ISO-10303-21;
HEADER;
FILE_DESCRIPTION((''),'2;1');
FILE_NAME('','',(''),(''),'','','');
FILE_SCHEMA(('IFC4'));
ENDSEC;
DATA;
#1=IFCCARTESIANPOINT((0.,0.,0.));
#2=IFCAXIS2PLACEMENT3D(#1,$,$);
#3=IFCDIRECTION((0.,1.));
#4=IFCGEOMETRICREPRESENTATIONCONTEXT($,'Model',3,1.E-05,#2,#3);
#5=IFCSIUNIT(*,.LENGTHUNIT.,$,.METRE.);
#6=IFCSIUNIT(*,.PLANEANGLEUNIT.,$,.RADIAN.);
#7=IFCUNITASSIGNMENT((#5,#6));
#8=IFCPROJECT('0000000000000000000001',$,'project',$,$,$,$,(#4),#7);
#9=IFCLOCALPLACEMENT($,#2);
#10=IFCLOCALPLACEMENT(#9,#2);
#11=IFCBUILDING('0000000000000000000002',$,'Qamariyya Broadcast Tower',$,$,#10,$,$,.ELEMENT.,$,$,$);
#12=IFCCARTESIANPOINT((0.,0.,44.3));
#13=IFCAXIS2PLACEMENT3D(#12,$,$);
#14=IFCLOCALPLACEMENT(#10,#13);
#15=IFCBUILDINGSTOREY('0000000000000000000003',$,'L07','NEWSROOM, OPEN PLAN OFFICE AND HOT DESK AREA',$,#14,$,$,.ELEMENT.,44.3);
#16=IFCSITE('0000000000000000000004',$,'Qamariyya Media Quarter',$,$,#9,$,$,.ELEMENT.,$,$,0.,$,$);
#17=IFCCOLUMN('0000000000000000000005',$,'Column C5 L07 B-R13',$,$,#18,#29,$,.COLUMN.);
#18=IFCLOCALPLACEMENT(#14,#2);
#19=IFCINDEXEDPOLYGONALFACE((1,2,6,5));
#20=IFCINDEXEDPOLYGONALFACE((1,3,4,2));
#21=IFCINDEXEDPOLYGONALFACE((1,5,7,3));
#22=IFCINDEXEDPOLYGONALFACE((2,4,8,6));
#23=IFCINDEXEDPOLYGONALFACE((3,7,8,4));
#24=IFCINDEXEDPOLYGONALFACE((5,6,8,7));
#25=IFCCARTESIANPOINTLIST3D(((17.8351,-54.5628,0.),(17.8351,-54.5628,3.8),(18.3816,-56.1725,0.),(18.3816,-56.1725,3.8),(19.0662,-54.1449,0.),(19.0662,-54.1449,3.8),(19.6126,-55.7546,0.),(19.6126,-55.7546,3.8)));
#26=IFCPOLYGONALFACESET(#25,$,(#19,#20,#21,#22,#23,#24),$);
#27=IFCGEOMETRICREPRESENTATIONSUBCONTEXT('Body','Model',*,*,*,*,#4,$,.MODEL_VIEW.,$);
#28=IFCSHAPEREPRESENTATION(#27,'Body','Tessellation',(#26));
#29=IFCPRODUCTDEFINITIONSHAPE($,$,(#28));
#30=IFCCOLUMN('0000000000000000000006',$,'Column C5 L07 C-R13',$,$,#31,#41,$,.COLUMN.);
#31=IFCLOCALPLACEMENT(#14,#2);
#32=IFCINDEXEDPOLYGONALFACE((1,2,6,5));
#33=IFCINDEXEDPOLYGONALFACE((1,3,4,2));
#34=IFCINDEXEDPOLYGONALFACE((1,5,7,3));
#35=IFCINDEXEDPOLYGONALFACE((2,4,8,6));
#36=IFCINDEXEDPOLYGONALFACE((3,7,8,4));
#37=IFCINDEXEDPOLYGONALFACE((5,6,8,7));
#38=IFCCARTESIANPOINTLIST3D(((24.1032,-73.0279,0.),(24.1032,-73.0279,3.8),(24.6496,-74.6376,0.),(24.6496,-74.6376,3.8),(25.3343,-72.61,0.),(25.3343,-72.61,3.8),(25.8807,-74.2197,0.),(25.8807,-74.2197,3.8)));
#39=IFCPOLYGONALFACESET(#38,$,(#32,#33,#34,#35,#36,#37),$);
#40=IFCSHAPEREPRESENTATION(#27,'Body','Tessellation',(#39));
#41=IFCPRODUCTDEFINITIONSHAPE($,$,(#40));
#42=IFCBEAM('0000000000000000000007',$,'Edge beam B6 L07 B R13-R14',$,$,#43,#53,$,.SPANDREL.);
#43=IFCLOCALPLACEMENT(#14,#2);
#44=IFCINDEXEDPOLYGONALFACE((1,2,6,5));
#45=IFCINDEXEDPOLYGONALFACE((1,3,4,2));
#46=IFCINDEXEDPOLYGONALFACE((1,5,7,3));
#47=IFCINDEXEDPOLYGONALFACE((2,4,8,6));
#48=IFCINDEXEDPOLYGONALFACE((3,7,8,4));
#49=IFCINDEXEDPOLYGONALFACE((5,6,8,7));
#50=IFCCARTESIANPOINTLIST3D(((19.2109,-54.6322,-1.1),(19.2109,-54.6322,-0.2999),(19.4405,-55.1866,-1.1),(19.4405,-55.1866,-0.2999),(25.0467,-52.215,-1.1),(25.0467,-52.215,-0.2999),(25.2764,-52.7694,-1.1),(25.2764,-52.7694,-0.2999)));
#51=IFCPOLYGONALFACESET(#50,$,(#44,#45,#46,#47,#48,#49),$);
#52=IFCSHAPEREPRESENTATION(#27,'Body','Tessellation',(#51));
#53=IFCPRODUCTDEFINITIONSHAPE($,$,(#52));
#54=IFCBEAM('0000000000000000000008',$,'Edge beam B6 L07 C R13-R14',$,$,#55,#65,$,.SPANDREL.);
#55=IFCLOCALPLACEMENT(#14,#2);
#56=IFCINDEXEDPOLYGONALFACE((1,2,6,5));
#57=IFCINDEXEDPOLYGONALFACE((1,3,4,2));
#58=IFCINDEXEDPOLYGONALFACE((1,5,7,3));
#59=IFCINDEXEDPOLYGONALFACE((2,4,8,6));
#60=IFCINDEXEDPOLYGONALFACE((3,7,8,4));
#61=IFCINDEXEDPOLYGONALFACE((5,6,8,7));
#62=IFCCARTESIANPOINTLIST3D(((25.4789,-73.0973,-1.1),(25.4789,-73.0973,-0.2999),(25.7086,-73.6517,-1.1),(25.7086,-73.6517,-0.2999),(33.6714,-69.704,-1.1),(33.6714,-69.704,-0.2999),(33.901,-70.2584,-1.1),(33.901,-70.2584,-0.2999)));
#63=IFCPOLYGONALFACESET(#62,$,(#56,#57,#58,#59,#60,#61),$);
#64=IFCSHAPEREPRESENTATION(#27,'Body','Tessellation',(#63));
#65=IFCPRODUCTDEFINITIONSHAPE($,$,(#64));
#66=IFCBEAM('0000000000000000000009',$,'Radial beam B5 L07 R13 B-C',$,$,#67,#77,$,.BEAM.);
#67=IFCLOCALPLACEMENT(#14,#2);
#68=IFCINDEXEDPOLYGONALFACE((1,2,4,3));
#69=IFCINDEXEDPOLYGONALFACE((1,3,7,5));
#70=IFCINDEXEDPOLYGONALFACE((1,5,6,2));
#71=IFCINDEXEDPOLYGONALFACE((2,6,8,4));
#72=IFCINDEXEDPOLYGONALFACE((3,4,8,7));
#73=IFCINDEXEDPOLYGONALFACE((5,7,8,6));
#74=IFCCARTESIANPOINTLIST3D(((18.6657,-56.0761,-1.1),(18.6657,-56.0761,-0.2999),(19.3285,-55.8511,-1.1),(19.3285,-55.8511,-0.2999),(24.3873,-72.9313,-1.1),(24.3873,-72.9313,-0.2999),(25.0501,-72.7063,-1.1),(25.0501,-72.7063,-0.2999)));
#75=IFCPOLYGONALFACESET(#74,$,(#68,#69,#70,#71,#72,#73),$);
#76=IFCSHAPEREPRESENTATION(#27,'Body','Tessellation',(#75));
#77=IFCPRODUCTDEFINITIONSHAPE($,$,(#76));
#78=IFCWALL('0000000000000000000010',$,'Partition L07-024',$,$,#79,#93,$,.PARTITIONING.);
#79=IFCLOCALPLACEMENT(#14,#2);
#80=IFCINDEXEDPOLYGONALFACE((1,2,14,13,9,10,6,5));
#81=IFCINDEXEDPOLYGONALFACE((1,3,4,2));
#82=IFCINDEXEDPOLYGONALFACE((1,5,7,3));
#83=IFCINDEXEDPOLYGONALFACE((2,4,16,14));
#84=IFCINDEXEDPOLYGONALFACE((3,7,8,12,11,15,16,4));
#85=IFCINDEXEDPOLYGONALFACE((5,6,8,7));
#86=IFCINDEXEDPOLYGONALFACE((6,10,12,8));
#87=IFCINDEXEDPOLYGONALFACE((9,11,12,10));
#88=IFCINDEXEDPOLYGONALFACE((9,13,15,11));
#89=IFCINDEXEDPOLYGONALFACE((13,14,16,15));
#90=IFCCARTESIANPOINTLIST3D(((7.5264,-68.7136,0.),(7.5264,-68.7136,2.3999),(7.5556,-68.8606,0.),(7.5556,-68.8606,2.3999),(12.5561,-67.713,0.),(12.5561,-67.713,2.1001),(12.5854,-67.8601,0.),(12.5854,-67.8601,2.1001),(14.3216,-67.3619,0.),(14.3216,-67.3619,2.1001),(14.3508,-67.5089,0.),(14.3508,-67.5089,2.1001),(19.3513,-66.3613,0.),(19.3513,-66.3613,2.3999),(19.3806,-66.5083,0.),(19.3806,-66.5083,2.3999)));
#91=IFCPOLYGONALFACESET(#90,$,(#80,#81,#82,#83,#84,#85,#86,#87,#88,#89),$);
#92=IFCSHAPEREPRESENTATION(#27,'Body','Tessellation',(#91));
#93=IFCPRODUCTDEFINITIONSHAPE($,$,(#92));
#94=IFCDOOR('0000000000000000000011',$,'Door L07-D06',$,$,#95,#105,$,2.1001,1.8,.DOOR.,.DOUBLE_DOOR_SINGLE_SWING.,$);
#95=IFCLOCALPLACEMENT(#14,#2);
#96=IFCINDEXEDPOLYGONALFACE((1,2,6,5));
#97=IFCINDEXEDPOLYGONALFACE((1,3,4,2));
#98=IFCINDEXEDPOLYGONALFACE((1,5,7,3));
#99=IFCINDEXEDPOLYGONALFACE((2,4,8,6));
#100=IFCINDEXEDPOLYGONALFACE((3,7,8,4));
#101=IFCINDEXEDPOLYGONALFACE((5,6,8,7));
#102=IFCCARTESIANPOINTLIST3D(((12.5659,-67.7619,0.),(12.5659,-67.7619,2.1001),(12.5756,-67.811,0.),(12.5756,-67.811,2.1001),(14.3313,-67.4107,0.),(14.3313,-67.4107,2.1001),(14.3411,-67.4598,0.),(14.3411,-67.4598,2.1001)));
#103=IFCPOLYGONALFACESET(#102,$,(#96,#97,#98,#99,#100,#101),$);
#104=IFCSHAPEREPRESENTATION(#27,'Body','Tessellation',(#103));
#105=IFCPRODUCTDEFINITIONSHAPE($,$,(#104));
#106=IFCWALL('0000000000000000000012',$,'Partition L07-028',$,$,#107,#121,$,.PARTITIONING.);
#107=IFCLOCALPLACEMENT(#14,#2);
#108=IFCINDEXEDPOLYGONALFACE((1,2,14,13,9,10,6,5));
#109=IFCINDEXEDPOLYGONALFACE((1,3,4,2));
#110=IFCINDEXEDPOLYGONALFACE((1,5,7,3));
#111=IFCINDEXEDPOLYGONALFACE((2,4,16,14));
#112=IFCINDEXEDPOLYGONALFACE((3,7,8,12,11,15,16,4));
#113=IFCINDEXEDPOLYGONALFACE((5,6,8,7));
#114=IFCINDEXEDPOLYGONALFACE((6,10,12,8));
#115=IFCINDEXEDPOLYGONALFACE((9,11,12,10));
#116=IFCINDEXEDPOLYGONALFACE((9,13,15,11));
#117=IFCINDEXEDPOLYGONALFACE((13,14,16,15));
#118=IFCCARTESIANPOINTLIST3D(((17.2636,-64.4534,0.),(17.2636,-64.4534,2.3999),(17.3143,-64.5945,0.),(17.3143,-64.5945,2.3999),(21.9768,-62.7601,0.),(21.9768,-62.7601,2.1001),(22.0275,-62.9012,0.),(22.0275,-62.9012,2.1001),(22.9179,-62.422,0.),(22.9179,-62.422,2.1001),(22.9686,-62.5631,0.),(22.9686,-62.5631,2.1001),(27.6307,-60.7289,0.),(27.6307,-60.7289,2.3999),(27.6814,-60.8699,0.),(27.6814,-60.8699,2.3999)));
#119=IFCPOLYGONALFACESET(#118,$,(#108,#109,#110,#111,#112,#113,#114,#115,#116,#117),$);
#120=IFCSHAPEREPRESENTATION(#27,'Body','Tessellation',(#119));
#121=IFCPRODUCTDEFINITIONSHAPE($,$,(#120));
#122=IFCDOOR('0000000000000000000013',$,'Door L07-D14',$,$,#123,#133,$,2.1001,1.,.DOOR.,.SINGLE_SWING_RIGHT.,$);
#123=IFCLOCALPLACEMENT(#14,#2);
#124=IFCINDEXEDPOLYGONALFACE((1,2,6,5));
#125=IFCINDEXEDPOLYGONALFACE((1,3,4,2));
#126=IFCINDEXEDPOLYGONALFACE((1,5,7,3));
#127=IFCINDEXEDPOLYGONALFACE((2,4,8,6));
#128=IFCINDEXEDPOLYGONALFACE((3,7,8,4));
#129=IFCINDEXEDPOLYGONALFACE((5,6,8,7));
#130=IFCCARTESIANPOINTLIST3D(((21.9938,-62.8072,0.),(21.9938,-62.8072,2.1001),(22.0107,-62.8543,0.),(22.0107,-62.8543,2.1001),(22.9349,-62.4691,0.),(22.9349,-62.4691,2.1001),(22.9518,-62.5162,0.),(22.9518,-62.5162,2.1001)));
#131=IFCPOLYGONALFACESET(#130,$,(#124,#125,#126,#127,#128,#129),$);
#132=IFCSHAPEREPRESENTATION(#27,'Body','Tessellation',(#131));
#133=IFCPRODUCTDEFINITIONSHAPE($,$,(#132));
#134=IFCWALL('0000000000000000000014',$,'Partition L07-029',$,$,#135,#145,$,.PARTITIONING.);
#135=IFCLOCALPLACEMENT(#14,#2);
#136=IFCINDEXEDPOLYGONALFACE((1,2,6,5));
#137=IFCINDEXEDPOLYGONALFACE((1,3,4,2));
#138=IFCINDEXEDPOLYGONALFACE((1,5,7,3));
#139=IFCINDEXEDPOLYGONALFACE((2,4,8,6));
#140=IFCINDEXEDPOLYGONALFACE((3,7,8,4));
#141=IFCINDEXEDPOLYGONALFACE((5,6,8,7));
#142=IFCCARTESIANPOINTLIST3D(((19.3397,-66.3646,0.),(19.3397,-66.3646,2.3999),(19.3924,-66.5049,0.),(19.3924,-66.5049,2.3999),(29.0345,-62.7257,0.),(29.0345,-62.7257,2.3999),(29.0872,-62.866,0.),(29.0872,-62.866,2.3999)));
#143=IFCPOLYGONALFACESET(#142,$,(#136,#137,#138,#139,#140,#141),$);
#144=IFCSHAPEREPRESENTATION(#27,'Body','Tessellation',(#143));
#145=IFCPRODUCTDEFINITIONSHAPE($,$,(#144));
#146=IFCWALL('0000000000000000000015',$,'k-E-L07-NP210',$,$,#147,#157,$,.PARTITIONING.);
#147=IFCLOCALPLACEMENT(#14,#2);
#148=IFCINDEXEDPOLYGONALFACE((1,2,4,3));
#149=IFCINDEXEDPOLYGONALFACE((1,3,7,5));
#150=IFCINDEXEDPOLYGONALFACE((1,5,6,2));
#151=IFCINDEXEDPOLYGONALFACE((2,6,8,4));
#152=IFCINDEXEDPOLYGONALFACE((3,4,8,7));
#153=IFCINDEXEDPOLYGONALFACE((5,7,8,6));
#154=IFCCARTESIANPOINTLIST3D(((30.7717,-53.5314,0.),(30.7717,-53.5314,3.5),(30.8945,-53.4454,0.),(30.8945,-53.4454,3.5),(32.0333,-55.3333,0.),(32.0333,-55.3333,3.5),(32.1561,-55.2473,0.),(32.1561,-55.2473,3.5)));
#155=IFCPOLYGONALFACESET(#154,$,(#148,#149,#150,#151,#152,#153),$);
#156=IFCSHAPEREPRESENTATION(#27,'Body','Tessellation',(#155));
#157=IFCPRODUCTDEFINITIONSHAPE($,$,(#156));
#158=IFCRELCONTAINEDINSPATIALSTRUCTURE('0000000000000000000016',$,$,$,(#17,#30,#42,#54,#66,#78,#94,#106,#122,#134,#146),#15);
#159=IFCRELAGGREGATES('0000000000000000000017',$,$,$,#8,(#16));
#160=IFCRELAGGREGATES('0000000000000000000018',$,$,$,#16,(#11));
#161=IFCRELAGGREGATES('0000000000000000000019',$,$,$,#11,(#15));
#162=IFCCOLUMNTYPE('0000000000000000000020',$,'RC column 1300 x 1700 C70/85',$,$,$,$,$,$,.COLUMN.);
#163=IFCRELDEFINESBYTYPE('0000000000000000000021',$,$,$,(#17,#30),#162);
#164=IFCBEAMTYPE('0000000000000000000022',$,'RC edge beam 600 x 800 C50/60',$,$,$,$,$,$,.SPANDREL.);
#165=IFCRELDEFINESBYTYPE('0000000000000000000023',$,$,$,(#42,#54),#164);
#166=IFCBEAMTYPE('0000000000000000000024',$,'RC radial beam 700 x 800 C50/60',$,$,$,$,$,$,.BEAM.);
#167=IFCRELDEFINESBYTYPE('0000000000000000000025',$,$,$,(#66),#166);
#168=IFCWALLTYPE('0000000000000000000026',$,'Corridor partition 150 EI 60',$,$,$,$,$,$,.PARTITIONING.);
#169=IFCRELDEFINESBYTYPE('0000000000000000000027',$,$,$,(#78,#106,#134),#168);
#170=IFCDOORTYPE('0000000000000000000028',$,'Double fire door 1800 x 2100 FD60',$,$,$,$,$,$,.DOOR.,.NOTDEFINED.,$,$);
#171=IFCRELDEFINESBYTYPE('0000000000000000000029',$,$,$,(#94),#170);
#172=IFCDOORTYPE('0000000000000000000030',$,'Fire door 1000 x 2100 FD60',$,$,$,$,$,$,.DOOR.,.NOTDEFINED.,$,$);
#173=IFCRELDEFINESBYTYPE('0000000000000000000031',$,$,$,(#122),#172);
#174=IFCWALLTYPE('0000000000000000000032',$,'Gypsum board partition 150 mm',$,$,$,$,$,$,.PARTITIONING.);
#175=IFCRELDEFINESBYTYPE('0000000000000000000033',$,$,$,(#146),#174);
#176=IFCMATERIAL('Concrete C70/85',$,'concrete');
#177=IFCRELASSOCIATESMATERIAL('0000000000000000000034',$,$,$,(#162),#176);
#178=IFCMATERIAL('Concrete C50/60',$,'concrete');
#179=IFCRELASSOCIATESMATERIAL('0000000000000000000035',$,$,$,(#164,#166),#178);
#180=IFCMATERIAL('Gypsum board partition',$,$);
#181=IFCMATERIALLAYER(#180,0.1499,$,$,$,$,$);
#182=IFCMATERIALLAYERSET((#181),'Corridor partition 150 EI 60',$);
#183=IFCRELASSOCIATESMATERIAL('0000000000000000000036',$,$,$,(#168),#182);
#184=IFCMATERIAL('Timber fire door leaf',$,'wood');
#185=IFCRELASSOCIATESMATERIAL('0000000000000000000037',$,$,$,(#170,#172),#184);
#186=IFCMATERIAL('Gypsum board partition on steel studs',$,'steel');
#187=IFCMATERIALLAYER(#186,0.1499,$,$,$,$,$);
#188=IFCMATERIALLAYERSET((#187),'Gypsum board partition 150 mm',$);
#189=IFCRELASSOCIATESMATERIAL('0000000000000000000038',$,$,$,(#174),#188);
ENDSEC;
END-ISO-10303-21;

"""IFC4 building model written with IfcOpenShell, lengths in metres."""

from ifc_helpers import new_model, si_unit, direction, frame, frame_2d, origin, origin_2d, place, context, subcontext, project, spatial, rectangle, extrude, material, layer, layer_set, material_profile, profile_set, type_object, element, fill, save


model = new_model("IFC4")

# Units and contexts
model_context = context("Model", 3, precision=1e-05, world=origin(), true_north=direction((0.0, 1.0)))
body_context = subcontext(model_context, "Body", "Model", "MODEL_VIEW")
ifc_project = project(units=[si_unit("LENGTHUNIT", "METRE"), si_unit("PLANEANGLEUNIT", "RADIAN")], contexts=[model_context])

# Site, building, storey
site_placement = place(None, origin())
site = spatial("IfcSite", under=ifc_project, at=site_placement, Name="Qamariyya Media Quarter", CompositionType="ELEMENT", RefElevation=0.0)
building_placement = place(site_placement, origin())
building = spatial("IfcBuilding", under=site, at=building_placement, Name="Qamariyya Broadcast Tower", CompositionType="ELEMENT")
storey_placement = place(building_placement, frame((0.0, 0.0, 44.3)))
storey = spatial("IfcBuildingStorey", under=building, at=storey_placement, Name="L07", Description="NEWSROOM, OPEN PLAN OFFICE AND HOT DESK AREA", CompositionType="ELEMENT", Elevation=44.3)

# Columns
ifc_material_1 = material(Name="Concrete C70/85", Category="concrete")
ifc_material_profile_1 = material_profile(ifc_material_1, rectangle(XDim=1.3, YDim=1.7, at=origin_2d()))
ifc_profile_set_1 = profile_set([ifc_material_profile_1], Name="Concrete C70/85")
column_type = type_object("IfcColumnType", Name="RC column 1300 x 1700 C70/85", PredefinedType="COLUMN", material=ifc_profile_set_1)
for number, where, z_axis, x_axis, name in (
    (1, (18.7239, -55.1587, 0.0), (0.0, 0.0, 1.0), (0.94693, 0.321439, 0.0), "Column C5 L07 B-R13"),
    (2, (24.9919, -73.6238, 0.0), (0.0, 0.0, 1.0), (0.94693, 0.321439, 0.0), "Column C5 L07 C-R13"),
):
    element("IfcColumn", number, at=place(storey_placement, frame(where, z_axis=z_axis, x_axis=x_axis)), inside=storey, type_object=column_type, Name=name, PredefinedType="COLUMN", context=body_context, shape_type="SweptSolid", body=[
        extrude(rectangle(XDim=1.3, YDim=1.7, at=origin_2d()), origin(), (0.0, 0.0, 1.0), 3.8),
    ])

# Beams
ifc_material_2 = material(Name="Concrete C50/60", Category="concrete")
ifc_material_profile_2 = material_profile(ifc_material_2, rectangle(XDim=0.6001, YDim=0.8, at=origin_2d()))
ifc_profile_set_2 = profile_set([ifc_material_profile_2], Name="Concrete C50/60")
beam_type_1 = type_object("IfcBeamType", Name="RC edge beam 600 x 800 C50/60", PredefinedType="SPANDREL", material=ifc_profile_set_2)
beam_1_placement = place(storey_placement, frame((19.3257, -54.9094, -0.7), z_axis=(0.923884, 0.382672, 0.0), x_axis=(-0.382672, 0.923884, 0.0)))
element("IfcBeam", 3, at=beam_1_placement, inside=storey, type_object=beam_type_1, Name="Edge beam B6 L07 B R13-R14", PredefinedType="SPANDREL", context=body_context, shape_type="SweptSolid", body=[
    extrude(rectangle(XDim=0.6001, YDim=0.8, at=origin_2d()), origin(), (0.0, 0.0, 1.0), 6.3167),
])
beam_2_placement = place(storey_placement, frame((25.5938, -73.3745, -0.7), z_axis=(0.923883, 0.382675, 0.0), x_axis=(-0.382675, 0.923883, 0.0)))
element("IfcBeam", 4, at=beam_2_placement, inside=storey, type_object=beam_type_1, Name="Edge beam B6 L07 C R13-R14", PredefinedType="SPANDREL", context=body_context, shape_type="SweptSolid", body=[
    extrude(rectangle(XDim=0.6001, YDim=0.8, at=origin_2d()), origin(), (0.0, 0.0, 1.0), 8.8674),
])
ifc_material_profile_3 = material_profile(ifc_material_2, rectangle(XDim=0.7, YDim=0.8, at=origin_2d()))
ifc_profile_set_3 = profile_set([ifc_material_profile_3], Name="Concrete C50/60")
beam_type_2 = type_object("IfcBeamType", Name="RC radial beam 700 x 800 C50/60", PredefinedType="BEAM", material=ifc_profile_set_3)
beam_3_placement = place(storey_placement, frame((18.9971, -55.9636, -0.7), z_axis=(0.321445, -0.946928, 0.0), x_axis=(0.946928, 0.321445, 0.0)))
element("IfcBeam", 5, at=beam_3_placement, inside=storey, type_object=beam_type_2, Name="Radial beam B5 L07 R13 B-C", PredefinedType="BEAM", context=body_context, shape_type="SweptSolid", body=[
    extrude(rectangle(XDim=0.7, YDim=0.8, at=origin_2d()), origin(), (0.0, 0.0, 1.0), 17.7998),
])

# Walls, openings, doors
ifc_material_3 = material(Name="Gypsum board partition")
ifc_layer_1 = layer(ifc_material_3, 0.1499)
ifc_layer_set_1 = layer_set([ifc_layer_1], Name="Corridor partition 150 EI 60")
wall_type_1 = type_object("IfcWallType", Name="Corridor partition 150 EI 60", PredefinedType="PARTITIONING", material=ifc_layer_set_1)
wall_1_placement = place(storey_placement, frame((19.366, -66.4348, 0.0), z_axis=(0.0, 0.0, 1.0), x_axis=(-0.980783, -0.195104, 0.0)))
wall_1 = element("IfcWall", 6, at=wall_1_placement, inside=storey, type_object=wall_type_1, Name="Partition L07-024", PredefinedType="PARTITIONING", context=body_context, shape_type="SweptSolid", body=[
    extrude(rectangle(XDim=12.0566, YDim=0.1499, at=frame_2d((6.0283, 0.0))), origin(), (0.0, 0.0, 1.0), 2.3999),
])
opening_1_placement = place(wall_1_placement, frame((5.1284, 0.0, 0.0)))
opening_1 = element("IfcOpeningElement", 7, at=opening_1_placement, cuts=wall_1, PredefinedType="OPENING", context=body_context, shape_type="SweptSolid", body=[
    extrude(rectangle(XDim=1.8, YDim=2.1001, at=frame_2d((0.8999, 1.05))), frame((0.0, 0.085, 0.0), z_axis=(0.0, -1.0, 0.0), x_axis=(1.0, 0.0, 0.0)), (0.0, 0.0, 1.0), 0.1699),
])
ifc_material_4 = material(Name="Timber fire door leaf", Category="wood")
door_type_1 = type_object("IfcDoorType", Name="Double fire door 1800 x 2100 FD60", OperationType="NOTDEFINED", PredefinedType="DOOR", material=ifc_material_4)
door_1_placement = place(opening_1_placement, origin())
door_1 = element("IfcDoor", 8, at=door_1_placement, inside=storey, type_object=door_type_1, Name="Door L07-D06", OperationType="DOUBLE_DOOR_SINGLE_SWING", OverallHeight=2.1001, OverallWidth=1.8, PredefinedType="DOOR", context=body_context, shape_type="SweptSolid", body=[
    extrude(rectangle(XDim=1.8, YDim=2.1001, at=frame_2d((0.8999, 1.05))), frame((0.0, 0.0249, 0.0), z_axis=(0.0, -1.0, 0.0), x_axis=(1.0, 0.0, 0.0)), (0.0, 0.0, 1.0), 0.05),
])
fill(opening_1, door_1)
wall_2_placement = place(storey_placement, frame((17.2891, -64.5239, 0.0), z_axis=(0.0, 0.0, 1.0), x_axis=(0.941106, 0.33811, 0.0)))
wall_2 = element("IfcWall", 9, at=wall_2_placement, inside=storey, type_object=wall_type_1, Name="Partition L07-028", PredefinedType="PARTITIONING", context=body_context, shape_type="SweptSolid", body=[
    extrude(rectangle(XDim=11.0159, YDim=0.1499, at=frame_2d((5.5078, 0.0))), origin(), (0.0, 0.0, 1.0), 2.3999),
])
opening_2_placement = place(wall_2_placement, frame((5.0081, 0.0, 0.0)))
opening_2 = element("IfcOpeningElement", 10, at=opening_2_placement, cuts=wall_2, PredefinedType="OPENING", context=body_context, shape_type="SweptSolid", body=[
    extrude(rectangle(XDim=1.0, YDim=2.1001, at=frame_2d((0.5, 1.05))), frame((0.0, 0.085, 0.0), z_axis=(0.0, -1.0, 0.0), x_axis=(1.0, 0.0, 0.0)), (0.0, 0.0, 1.0), 0.1699),
])
door_type_2 = type_object("IfcDoorType", Name="Fire door 1000 x 2100 FD60", OperationType="NOTDEFINED", PredefinedType="DOOR", material=ifc_material_4)
door_2_placement = place(opening_2_placement, origin())
door_2 = element("IfcDoor", 11, at=door_2_placement, inside=storey, type_object=door_type_2, Name="Door L07-D14", OperationType="SINGLE_SWING_RIGHT", OverallHeight=2.1001, OverallWidth=1.0, PredefinedType="DOOR", context=body_context, shape_type="SweptSolid", body=[
    extrude(rectangle(XDim=1.0, YDim=2.1001, at=frame_2d((0.5, 1.05))), frame((0.0, 0.0249, 0.0), z_axis=(0.0, -1.0, 0.0), x_axis=(1.0, 0.0, 0.0)), (0.0, 0.0, 1.0), 0.05),
])
fill(opening_2, door_2)

# Walls
wall_3_placement = place(storey_placement, frame((19.366, -66.4348, 0.0), z_axis=(0.0, 0.0, 1.0), x_axis=(0.936223, 0.351408, 0.0)))
element("IfcWall", 12, at=wall_3_placement, inside=storey, type_object=wall_type_1, Name="Partition L07-029", PredefinedType="PARTITIONING", context=body_context, shape_type="SweptSolid", body=[
    extrude(rectangle(XDim=10.3552, YDim=0.1499, at=frame_2d((5.1777, 0.0))), origin(), (0.0, 0.0, 1.0), 2.3999),
])
ifc_material_5 = material(Name="Gypsum board partition on steel studs", Category="steel")
ifc_layer_2 = layer(ifc_material_5, 0.1499)
ifc_layer_set_2 = layer_set([ifc_layer_2], Name="Gypsum board partition 150 mm")
wall_type_2 = type_object("IfcWallType", Name="Gypsum board partition 150 mm", PredefinedType="PARTITIONING", material=ifc_layer_set_2)
wall_4_placement = place(storey_placement, frame((32.0947, -55.2903, 0.0), z_axis=(0.0, 0.0, 1.0), x_axis=(-0.573559, 0.819164, 0.0)))
element("IfcWall", 13, at=wall_4_placement, inside=storey, type_object=wall_type_2, Name="k-E-L07-NP210", PredefinedType="PARTITIONING", context=body_context, shape_type="SweptSolid", body=[
    extrude(rectangle(XDim=2.1997, YDim=0.1499, at=frame_2d((1.0999, 0.0))), origin(), (0.0, 0.0, 1.0), 3.5),
])

save(model, "model.ifc")
